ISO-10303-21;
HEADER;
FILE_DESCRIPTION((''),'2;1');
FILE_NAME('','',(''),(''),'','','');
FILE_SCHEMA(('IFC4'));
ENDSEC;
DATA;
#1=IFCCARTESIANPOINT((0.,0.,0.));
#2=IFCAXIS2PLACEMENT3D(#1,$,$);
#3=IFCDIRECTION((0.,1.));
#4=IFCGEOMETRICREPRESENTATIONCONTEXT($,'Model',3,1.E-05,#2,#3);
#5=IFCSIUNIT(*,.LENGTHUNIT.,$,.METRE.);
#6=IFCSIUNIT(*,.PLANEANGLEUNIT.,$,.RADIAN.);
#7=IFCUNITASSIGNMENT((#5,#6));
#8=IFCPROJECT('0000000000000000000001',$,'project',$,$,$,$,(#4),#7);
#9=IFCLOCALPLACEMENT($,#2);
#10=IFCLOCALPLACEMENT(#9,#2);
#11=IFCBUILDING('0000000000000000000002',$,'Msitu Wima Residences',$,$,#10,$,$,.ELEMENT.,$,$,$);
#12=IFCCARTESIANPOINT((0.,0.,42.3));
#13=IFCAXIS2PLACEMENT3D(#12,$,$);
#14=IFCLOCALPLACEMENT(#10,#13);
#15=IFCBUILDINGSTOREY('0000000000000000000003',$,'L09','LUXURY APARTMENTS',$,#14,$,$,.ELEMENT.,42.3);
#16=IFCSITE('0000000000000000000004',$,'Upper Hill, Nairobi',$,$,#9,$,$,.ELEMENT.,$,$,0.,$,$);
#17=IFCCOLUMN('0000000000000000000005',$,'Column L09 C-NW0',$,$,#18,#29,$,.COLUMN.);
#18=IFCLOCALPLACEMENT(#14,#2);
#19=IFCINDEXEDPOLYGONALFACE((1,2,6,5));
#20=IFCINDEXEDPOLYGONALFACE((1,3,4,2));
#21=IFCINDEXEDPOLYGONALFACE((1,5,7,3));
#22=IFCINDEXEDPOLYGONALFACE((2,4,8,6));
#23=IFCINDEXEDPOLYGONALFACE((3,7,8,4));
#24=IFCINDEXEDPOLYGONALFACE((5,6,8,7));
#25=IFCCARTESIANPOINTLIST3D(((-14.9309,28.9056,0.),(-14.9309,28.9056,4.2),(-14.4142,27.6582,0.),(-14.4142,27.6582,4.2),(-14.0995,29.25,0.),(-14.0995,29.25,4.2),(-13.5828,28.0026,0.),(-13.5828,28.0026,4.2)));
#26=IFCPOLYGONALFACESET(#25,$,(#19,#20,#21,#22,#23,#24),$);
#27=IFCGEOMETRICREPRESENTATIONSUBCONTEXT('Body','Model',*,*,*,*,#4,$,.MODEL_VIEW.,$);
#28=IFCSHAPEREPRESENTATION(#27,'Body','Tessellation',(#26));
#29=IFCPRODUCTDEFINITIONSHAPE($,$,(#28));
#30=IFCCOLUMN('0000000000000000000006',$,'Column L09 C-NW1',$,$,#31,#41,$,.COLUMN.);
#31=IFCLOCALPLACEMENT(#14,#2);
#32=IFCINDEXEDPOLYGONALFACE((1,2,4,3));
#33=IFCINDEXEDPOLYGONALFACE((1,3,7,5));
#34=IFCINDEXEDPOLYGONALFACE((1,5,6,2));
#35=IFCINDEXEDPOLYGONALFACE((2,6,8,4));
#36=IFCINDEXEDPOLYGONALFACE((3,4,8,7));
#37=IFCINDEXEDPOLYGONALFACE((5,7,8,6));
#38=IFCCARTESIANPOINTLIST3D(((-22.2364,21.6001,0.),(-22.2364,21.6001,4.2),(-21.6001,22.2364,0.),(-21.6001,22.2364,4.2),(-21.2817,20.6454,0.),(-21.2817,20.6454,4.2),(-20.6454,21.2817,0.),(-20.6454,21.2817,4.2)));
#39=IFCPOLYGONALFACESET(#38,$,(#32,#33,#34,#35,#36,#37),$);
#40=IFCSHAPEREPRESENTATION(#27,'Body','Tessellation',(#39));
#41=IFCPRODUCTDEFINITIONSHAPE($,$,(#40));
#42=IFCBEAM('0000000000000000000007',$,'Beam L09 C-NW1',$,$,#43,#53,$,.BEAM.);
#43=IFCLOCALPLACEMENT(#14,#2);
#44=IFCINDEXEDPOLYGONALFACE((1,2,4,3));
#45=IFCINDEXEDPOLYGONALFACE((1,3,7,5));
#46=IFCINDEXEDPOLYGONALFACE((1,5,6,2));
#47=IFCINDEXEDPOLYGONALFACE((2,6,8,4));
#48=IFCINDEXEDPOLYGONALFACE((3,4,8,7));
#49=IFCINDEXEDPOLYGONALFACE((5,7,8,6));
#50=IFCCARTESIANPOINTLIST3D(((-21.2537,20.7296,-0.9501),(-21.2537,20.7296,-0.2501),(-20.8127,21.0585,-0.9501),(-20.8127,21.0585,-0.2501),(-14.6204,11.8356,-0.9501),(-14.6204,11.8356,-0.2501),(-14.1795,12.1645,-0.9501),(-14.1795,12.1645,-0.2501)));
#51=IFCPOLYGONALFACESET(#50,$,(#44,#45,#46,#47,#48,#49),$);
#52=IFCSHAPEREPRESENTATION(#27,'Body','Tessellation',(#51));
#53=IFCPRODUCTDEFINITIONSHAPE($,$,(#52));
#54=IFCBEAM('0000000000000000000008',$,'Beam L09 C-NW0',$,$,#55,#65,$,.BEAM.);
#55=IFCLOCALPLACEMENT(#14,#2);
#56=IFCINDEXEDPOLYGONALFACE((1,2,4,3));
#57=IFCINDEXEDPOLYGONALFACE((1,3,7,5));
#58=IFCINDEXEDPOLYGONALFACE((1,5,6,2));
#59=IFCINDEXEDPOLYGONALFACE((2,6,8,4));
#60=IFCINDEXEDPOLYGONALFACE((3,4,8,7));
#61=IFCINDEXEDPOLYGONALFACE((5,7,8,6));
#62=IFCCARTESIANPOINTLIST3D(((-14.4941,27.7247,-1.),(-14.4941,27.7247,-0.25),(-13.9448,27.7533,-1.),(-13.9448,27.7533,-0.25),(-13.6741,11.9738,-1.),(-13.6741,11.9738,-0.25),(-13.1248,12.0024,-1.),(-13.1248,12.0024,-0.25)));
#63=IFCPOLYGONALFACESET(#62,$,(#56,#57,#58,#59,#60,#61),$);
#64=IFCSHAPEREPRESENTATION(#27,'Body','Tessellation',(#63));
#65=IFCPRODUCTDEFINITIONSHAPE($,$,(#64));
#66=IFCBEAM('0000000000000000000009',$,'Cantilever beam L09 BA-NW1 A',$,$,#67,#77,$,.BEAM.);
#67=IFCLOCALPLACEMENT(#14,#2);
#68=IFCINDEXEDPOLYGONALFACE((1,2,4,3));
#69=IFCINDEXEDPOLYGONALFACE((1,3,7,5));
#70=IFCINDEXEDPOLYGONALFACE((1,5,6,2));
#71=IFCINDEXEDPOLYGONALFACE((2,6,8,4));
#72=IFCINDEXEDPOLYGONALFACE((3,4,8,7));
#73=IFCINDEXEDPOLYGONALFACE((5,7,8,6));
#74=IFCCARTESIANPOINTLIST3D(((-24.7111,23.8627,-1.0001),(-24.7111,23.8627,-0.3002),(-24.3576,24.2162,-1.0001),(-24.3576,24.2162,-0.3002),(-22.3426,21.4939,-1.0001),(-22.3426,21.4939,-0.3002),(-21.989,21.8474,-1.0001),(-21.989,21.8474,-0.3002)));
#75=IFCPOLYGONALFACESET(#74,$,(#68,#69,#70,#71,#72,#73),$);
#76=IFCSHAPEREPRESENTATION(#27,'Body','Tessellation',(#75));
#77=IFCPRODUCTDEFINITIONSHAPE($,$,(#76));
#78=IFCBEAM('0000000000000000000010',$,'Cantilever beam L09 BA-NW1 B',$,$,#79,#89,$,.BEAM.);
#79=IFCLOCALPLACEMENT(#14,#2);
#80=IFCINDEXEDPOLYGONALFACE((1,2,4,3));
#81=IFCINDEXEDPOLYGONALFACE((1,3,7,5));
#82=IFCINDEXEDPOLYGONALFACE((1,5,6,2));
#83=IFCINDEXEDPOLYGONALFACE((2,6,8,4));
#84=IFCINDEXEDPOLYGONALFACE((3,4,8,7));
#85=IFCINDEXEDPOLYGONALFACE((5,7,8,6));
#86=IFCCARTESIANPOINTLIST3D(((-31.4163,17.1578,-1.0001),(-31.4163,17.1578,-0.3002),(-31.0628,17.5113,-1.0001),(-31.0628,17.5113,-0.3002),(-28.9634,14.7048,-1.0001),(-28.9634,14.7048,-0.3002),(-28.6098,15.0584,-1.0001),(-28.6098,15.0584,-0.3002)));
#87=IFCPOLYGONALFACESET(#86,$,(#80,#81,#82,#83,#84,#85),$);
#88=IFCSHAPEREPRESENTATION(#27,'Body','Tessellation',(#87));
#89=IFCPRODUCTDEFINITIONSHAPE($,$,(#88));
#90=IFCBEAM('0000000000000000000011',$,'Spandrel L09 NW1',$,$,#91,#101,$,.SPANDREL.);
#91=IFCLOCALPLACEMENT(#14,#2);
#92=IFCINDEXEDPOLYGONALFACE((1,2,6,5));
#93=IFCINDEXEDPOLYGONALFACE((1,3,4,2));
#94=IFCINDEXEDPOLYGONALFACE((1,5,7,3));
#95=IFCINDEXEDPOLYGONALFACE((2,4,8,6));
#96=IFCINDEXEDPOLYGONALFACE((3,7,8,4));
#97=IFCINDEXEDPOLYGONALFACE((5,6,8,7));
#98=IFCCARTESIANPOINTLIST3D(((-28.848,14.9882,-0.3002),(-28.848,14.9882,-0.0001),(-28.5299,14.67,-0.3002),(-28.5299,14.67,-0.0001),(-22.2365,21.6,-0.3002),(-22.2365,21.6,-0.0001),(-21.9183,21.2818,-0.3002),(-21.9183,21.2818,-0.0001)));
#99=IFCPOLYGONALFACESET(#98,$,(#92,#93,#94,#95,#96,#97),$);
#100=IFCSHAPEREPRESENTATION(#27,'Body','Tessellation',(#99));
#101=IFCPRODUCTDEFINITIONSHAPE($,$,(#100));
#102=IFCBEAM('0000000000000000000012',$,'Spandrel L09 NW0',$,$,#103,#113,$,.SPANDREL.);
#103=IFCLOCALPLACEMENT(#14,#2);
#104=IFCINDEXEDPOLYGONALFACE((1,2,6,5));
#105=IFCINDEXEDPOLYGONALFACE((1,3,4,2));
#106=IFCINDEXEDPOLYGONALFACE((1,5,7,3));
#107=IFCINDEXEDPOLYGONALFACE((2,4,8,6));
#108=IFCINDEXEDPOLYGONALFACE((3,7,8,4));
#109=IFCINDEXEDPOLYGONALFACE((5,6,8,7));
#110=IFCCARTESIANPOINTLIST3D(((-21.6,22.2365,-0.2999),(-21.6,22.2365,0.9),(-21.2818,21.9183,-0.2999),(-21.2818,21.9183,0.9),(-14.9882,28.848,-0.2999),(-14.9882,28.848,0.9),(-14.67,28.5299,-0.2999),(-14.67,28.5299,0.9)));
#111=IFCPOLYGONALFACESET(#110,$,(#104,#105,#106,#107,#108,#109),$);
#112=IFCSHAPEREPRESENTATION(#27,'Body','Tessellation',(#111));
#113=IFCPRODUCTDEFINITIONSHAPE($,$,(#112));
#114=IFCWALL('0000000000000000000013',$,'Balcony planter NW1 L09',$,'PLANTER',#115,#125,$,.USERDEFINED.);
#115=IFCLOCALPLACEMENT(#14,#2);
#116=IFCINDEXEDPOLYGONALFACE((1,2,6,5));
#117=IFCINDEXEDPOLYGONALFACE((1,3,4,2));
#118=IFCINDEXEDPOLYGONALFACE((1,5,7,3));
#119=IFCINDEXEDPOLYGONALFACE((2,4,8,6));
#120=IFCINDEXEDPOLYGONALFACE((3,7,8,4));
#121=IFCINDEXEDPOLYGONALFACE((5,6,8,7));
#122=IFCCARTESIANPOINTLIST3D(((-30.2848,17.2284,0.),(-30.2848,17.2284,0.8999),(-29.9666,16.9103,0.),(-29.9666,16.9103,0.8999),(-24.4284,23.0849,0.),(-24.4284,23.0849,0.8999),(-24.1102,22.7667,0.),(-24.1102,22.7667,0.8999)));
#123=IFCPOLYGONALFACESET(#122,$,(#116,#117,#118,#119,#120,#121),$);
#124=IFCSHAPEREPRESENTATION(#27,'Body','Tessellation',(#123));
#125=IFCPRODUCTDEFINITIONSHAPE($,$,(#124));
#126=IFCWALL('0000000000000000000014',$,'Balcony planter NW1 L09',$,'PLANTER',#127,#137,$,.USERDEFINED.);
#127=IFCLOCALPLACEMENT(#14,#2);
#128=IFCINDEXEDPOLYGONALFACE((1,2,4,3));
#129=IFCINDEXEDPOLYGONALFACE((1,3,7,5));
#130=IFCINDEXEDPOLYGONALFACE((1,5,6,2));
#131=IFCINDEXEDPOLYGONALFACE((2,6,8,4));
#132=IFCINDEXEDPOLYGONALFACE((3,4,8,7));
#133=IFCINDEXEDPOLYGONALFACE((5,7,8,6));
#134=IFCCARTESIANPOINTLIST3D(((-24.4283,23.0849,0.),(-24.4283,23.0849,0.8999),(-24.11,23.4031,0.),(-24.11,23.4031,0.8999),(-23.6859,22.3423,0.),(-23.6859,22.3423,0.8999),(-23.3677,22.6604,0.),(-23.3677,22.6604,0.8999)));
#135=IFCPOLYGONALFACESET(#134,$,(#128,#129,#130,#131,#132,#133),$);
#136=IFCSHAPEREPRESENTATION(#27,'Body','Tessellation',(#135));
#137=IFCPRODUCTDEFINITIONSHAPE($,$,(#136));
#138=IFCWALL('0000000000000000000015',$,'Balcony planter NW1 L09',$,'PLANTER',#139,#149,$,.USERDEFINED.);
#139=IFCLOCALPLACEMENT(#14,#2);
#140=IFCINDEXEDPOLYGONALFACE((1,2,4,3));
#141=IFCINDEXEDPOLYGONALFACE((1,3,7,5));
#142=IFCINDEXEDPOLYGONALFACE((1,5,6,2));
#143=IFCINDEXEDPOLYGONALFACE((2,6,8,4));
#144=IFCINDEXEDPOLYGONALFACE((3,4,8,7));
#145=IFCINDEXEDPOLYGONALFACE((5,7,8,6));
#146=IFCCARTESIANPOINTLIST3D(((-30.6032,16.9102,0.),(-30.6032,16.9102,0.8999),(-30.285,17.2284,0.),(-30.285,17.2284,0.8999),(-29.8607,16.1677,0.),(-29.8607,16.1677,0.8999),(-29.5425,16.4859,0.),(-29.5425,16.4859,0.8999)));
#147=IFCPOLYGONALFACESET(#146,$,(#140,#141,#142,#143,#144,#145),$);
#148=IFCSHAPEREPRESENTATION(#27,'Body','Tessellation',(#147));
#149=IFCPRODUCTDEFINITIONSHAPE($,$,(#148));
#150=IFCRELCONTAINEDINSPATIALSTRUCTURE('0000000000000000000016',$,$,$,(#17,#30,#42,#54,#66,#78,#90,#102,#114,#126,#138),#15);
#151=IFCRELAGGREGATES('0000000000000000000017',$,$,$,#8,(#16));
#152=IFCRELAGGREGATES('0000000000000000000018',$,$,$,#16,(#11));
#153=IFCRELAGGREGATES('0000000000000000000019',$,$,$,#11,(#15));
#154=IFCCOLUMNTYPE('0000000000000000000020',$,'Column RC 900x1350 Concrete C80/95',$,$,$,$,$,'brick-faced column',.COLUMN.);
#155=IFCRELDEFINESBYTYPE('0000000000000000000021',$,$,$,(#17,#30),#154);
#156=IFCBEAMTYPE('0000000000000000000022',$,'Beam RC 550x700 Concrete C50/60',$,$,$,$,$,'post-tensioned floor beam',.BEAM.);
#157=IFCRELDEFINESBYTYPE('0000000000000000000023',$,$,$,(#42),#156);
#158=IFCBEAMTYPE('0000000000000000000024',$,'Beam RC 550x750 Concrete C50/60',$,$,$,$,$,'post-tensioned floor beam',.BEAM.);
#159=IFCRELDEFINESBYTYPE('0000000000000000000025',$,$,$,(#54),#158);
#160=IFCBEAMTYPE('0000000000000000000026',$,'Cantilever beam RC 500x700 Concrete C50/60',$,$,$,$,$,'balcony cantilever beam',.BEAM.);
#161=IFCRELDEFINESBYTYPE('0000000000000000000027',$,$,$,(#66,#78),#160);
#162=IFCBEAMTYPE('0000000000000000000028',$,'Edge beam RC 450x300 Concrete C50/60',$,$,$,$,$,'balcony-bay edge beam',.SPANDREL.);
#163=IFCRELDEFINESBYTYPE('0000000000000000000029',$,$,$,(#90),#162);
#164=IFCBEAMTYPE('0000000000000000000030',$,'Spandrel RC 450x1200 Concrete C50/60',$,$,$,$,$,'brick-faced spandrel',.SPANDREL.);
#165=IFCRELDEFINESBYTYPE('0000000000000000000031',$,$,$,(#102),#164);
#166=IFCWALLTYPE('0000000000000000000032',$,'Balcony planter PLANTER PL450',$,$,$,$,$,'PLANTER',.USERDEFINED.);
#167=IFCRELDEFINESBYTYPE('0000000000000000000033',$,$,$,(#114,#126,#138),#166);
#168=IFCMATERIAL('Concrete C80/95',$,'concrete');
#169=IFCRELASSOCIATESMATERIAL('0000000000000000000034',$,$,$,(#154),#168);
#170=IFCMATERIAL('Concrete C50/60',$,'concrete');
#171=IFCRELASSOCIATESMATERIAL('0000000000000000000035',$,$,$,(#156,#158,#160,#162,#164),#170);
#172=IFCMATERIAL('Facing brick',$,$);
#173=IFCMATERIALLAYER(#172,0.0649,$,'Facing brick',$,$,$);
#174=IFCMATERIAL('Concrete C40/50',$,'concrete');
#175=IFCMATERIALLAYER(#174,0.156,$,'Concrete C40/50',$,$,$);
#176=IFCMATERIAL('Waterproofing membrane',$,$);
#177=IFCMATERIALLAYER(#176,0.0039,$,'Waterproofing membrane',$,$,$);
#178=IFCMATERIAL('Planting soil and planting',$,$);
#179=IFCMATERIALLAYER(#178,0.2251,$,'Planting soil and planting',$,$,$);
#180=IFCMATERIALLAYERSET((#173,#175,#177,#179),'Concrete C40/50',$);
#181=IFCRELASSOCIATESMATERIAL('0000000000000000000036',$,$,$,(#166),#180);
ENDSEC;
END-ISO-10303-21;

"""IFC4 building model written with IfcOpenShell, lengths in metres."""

from ifc_helpers import new_model, si_unit, direction, frame, frame_2d, origin, origin_2d, place, context, subcontext, project, spatial, rectangle, extrude, material, layer, layer_set, material_profile, profile_set, type_object, element, save


model = new_model("IFC4")

# Units and contexts
model_context = context("Model", 3, precision=1e-05, world=origin(), true_north=direction((0.0, 1.0)))
body_context = subcontext(model_context, "Body", "Model", "MODEL_VIEW")
ifc_project = project(units=[si_unit("LENGTHUNIT", "METRE"), si_unit("PLANEANGLEUNIT", "RADIAN")], contexts=[model_context])

# Site, building, storey
site_placement = place(None, origin())
site = spatial("IfcSite", under=ifc_project, at=site_placement, Name="Upper Hill, Nairobi", CompositionType="ELEMENT", RefElevation=0.0)
building_placement = place(site_placement, origin())
building = spatial("IfcBuilding", under=site, at=building_placement, Name="Msitu Wima Residences", CompositionType="ELEMENT")
storey_placement = place(building_placement, frame((0.0, 0.0, 42.3)))
storey = spatial("IfcBuildingStorey", under=building, at=storey_placement, Name="L09", Description="LUXURY APARTMENTS", CompositionType="ELEMENT", Elevation=42.3)

# Columns
ifc_material_1 = material(Name="Concrete C80/95", Category="concrete")
ifc_material_profile_1 = material_profile(ifc_material_1, rectangle(XDim=0.8999, YDim=1.3501, at=origin_2d()), Name="RC 900x1350")
ifc_profile_set_1 = profile_set([ifc_material_profile_1], Name="Concrete C80/95")
column_type = type_object("IfcColumnType", Name="Column RC 900x1350 Concrete C80/95", ElementType="brick-faced column", PredefinedType="COLUMN", material=ifc_profile_set_1)
for number, where, z_axis, x_axis, name in (
    (1, (-14.2568, 28.4541, 0.0), (0.0, 0.0, 1.0), (-0.92388, -0.382683, 0.0), "Column L09 C-NW0"),
    (2, (-21.4409, 21.4409, 0.0), (0.0, 0.0, 1.0), (-0.707107, -0.707107, 0.0), "Column L09 C-NW1"),
):
    element("IfcColumn", number, at=place(storey_placement, frame(where, z_axis=z_axis, x_axis=x_axis)), inside=storey, type_object=column_type, Name=name, PredefinedType="COLUMN", context=body_context, shape_type="SweptSolid", body=[
        extrude(rectangle(XDim=0.8999, YDim=1.3501, at=origin_2d()), origin(), (0.0, 0.0, 1.0), 4.2),
    ])

# Beams
ifc_material_2 = material(Name="Concrete C50/60", Category="concrete")
ifc_material_profile_2 = material_profile(ifc_material_2, rectangle(XDim=0.55, YDim=0.7, at=origin_2d()), Name="RC 550x700")
ifc_profile_set_2 = profile_set([ifc_material_profile_2], Name="Concrete C50/60")
beam_type_1 = type_object("IfcBeamType", Name="Beam RC 550x700 Concrete C50/60", ElementType="post-tensioned floor beam", PredefinedType="BEAM", material=ifc_profile_set_2)
beam_1_placement = place(storey_placement, frame((-21.0332, 20.894, -0.6001), z_axis=(0.59785, -0.801608, 0.0), x_axis=(0.801608, 0.59785, 0.0)))
element("IfcBeam", 3, at=beam_1_placement, inside=storey, type_object=beam_type_1, Name="Beam L09 C-NW1", PredefinedType="BEAM", context=body_context, shape_type="SweptSolid", body=[
    extrude(rectangle(XDim=0.55, YDim=0.7, at=origin_2d()), origin(), (0.0, 0.0, 1.0), 11.0952),
])
ifc_material_profile_3 = material_profile(ifc_material_2, rectangle(XDim=0.55, YDim=0.75, at=origin_2d()), Name="RC 550x750")
ifc_profile_set_3 = profile_set([ifc_material_profile_3], Name="Concrete C50/60")
beam_type_2 = type_object("IfcBeamType", Name="Beam RC 550x750 Concrete C50/60", ElementType="post-tensioned floor beam", PredefinedType="BEAM", material=ifc_profile_set_3)
beam_2_placement = place(storey_placement, frame((-14.2195, 27.739, -0.625), z_axis=(0.051994, -0.998647, 0.0), x_axis=(0.998647, 0.051994, 0.0)))
element("IfcBeam", 4, at=beam_2_placement, inside=storey, type_object=beam_type_2, Name="Beam L09 C-NW0", PredefinedType="BEAM", context=body_context, shape_type="SweptSolid", body=[
    extrude(rectangle(XDim=0.55, YDim=0.75, at=origin_2d()), origin(), (0.0, 0.0, 1.0), 15.7722),
])
ifc_material_profile_4 = material_profile(ifc_material_2, rectangle(XDim=0.5, YDim=0.7, at=origin_2d()), Name="RC 500x700")
ifc_profile_set_4 = profile_set([ifc_material_profile_4], Name="Concrete C50/60")
beam_type_3 = type_object("IfcBeamType", Name="Cantilever beam RC 500x700 Concrete C50/60", ElementType="balcony cantilever beam", PredefinedType="BEAM", material=ifc_profile_set_4)
beam_3_placement = place(storey_placement, frame((-22.1658, 21.6707, -0.6501), z_axis=(-0.70707, 0.707143, 0.0), x_axis=(-0.707143, -0.70707, 0.0)))
element("IfcBeam", 5, at=beam_3_placement, inside=storey, type_object=beam_type_3, Name="Cantilever beam L09 BA-NW1 A", PredefinedType="BEAM", context=body_context, shape_type="SweptSolid", body=[
    extrude(rectangle(XDim=0.5, YDim=0.7, at=origin_2d()), origin(), (0.0, 0.0, 1.0), 3.3499),
])
beam_4_placement = place(storey_placement, frame((-28.7866, 14.8816, -0.6501), z_axis=(-0.707107, 0.707107, 0.0), x_axis=(-0.707107, -0.707107, 0.0)))
element("IfcBeam", 6, at=beam_4_placement, inside=storey, type_object=beam_type_3, Name="Cantilever beam L09 BA-NW1 B", PredefinedType="BEAM", context=body_context, shape_type="SweptSolid", body=[
    extrude(rectangle(XDim=0.5, YDim=0.7, at=origin_2d()), origin(), (0.0, 0.0, 1.0), 3.469),
])
ifc_material_profile_5 = material_profile(ifc_material_2, rectangle(XDim=0.45, YDim=0.3, at=origin_2d()), Name="RC 450x300")
ifc_profile_set_5 = profile_set([ifc_material_profile_5], Name="Concrete C50/60")
beam_type_4 = type_object("IfcBeamType", Name="Edge beam RC 450x300 Concrete C50/60", ElementType="balcony-bay edge beam", PredefinedType="SPANDREL", material=ifc_profile_set_5)
beam_5_placement = place(storey_placement, frame((-22.0774, 21.4409, -0.1501), z_axis=(-0.707094, -0.70712, 0.0), x_axis=(0.70712, -0.707094, 0.0)))
element("IfcBeam", 7, at=beam_5_placement, inside=storey, type_object=beam_type_4, Name="Spandrel L09 NW1", PredefinedType="SPANDREL", context=body_context, shape_type="SweptSolid", body=[
    extrude(rectangle(XDim=0.45, YDim=0.3, at=origin_2d()), origin(), (0.0, 0.0, 1.0), 9.3503),
])
ifc_material_profile_6 = material_profile(ifc_material_2, rectangle(XDim=0.45, YDim=1.2, at=origin_2d()), Name="RC 450x1200")
ifc_profile_set_6 = profile_set([ifc_material_profile_6], Name="Concrete C50/60")
beam_type_5 = type_object("IfcBeamType", Name="Spandrel RC 450x1200 Concrete C50/60", ElementType="brick-faced spandrel", PredefinedType="SPANDREL", material=ifc_profile_set_6)
beam_6_placement = place(storey_placement, frame((-14.8291, 28.689, 0.3), z_axis=(-0.70712, -0.707094, 0.0), x_axis=(0.707094, -0.70712, 0.0)))
element("IfcBeam", 8, at=beam_6_placement, inside=storey, type_object=beam_type_5, Name="Spandrel L09 NW0", PredefinedType="SPANDREL", context=body_context, shape_type="SweptSolid", body=[
    extrude(rectangle(XDim=0.45, YDim=1.2, at=origin_2d()), origin(), (0.0, 0.0, 1.0), 9.3503),
])

# Walls
ifc_material_3 = material(Name="Facing brick")
ifc_layer_1 = layer(ifc_material_3, 0.0649, Name="Facing brick")
ifc_material_4 = material(Name="Concrete C40/50", Category="concrete")
ifc_layer_2 = layer(ifc_material_4, 0.156, Name="Concrete C40/50")
ifc_material_5 = material(Name="Waterproofing membrane")
ifc_layer_3 = layer(ifc_material_5, 0.0039, Name="Waterproofing membrane")
ifc_material_6 = material(Name="Planting soil and planting")
ifc_layer_4 = layer(ifc_material_6, 0.2251, Name="Planting soil and planting")
ifc_layer_set_1 = layer_set([ifc_layer_1, ifc_layer_2, ifc_layer_3, ifc_layer_4], Name="Concrete C40/50")
wall_type_1 = type_object("IfcWallType", Name="Balcony planter PLANTER PL450", ElementType="PLANTER", PredefinedType="USERDEFINED", material=ifc_layer_set_1)
wall_1_placement = place(storey_placement, frame((-24.2693, 22.9258, 0.0), z_axis=(0.0, 0.0, 1.0), x_axis=(-0.707107, -0.707107, 0.0)))
element("IfcWall", 9, at=wall_1_placement, inside=storey, type_object=wall_type_1, Name="Balcony planter NW1 L09", ObjectType="PLANTER", PredefinedType="USERDEFINED", context=body_context, shape_type="SweptSolid", body=[
    extrude(rectangle(XDim=8.2822, YDim=0.45, at=frame_2d((4.1411, 0.0))), origin(), (0.0, 0.0, 1.0), 0.8999),
])
for number, where, z_axis, x_axis, name in (
    (10, (-23.5269, 22.5015, 0.0), (0.0, 0.0, 1.0), (-0.706991, 0.707223, 0.0), "Balcony planter NW1 L09"),
    (11, (-29.7017, 16.3269, 0.0), (0.0, 0.0, 1.0), (-0.707107, 0.707107, 0.0), "Balcony planter NW1 L09"),
):
    element("IfcWall", number, at=place(storey_placement, frame(where, z_axis=z_axis, x_axis=x_axis)), inside=storey, type_object=wall_type_1, Name=name, ObjectType="PLANTER", PredefinedType="USERDEFINED", context=body_context, shape_type="SweptSolid", body=[
        extrude(rectangle(XDim=1.05, YDim=0.45, at=frame_2d((0.5249, 0.0))), origin(), (0.0, 0.0, 1.0), 0.8999),
    ])

save(model, "model.ifc")
